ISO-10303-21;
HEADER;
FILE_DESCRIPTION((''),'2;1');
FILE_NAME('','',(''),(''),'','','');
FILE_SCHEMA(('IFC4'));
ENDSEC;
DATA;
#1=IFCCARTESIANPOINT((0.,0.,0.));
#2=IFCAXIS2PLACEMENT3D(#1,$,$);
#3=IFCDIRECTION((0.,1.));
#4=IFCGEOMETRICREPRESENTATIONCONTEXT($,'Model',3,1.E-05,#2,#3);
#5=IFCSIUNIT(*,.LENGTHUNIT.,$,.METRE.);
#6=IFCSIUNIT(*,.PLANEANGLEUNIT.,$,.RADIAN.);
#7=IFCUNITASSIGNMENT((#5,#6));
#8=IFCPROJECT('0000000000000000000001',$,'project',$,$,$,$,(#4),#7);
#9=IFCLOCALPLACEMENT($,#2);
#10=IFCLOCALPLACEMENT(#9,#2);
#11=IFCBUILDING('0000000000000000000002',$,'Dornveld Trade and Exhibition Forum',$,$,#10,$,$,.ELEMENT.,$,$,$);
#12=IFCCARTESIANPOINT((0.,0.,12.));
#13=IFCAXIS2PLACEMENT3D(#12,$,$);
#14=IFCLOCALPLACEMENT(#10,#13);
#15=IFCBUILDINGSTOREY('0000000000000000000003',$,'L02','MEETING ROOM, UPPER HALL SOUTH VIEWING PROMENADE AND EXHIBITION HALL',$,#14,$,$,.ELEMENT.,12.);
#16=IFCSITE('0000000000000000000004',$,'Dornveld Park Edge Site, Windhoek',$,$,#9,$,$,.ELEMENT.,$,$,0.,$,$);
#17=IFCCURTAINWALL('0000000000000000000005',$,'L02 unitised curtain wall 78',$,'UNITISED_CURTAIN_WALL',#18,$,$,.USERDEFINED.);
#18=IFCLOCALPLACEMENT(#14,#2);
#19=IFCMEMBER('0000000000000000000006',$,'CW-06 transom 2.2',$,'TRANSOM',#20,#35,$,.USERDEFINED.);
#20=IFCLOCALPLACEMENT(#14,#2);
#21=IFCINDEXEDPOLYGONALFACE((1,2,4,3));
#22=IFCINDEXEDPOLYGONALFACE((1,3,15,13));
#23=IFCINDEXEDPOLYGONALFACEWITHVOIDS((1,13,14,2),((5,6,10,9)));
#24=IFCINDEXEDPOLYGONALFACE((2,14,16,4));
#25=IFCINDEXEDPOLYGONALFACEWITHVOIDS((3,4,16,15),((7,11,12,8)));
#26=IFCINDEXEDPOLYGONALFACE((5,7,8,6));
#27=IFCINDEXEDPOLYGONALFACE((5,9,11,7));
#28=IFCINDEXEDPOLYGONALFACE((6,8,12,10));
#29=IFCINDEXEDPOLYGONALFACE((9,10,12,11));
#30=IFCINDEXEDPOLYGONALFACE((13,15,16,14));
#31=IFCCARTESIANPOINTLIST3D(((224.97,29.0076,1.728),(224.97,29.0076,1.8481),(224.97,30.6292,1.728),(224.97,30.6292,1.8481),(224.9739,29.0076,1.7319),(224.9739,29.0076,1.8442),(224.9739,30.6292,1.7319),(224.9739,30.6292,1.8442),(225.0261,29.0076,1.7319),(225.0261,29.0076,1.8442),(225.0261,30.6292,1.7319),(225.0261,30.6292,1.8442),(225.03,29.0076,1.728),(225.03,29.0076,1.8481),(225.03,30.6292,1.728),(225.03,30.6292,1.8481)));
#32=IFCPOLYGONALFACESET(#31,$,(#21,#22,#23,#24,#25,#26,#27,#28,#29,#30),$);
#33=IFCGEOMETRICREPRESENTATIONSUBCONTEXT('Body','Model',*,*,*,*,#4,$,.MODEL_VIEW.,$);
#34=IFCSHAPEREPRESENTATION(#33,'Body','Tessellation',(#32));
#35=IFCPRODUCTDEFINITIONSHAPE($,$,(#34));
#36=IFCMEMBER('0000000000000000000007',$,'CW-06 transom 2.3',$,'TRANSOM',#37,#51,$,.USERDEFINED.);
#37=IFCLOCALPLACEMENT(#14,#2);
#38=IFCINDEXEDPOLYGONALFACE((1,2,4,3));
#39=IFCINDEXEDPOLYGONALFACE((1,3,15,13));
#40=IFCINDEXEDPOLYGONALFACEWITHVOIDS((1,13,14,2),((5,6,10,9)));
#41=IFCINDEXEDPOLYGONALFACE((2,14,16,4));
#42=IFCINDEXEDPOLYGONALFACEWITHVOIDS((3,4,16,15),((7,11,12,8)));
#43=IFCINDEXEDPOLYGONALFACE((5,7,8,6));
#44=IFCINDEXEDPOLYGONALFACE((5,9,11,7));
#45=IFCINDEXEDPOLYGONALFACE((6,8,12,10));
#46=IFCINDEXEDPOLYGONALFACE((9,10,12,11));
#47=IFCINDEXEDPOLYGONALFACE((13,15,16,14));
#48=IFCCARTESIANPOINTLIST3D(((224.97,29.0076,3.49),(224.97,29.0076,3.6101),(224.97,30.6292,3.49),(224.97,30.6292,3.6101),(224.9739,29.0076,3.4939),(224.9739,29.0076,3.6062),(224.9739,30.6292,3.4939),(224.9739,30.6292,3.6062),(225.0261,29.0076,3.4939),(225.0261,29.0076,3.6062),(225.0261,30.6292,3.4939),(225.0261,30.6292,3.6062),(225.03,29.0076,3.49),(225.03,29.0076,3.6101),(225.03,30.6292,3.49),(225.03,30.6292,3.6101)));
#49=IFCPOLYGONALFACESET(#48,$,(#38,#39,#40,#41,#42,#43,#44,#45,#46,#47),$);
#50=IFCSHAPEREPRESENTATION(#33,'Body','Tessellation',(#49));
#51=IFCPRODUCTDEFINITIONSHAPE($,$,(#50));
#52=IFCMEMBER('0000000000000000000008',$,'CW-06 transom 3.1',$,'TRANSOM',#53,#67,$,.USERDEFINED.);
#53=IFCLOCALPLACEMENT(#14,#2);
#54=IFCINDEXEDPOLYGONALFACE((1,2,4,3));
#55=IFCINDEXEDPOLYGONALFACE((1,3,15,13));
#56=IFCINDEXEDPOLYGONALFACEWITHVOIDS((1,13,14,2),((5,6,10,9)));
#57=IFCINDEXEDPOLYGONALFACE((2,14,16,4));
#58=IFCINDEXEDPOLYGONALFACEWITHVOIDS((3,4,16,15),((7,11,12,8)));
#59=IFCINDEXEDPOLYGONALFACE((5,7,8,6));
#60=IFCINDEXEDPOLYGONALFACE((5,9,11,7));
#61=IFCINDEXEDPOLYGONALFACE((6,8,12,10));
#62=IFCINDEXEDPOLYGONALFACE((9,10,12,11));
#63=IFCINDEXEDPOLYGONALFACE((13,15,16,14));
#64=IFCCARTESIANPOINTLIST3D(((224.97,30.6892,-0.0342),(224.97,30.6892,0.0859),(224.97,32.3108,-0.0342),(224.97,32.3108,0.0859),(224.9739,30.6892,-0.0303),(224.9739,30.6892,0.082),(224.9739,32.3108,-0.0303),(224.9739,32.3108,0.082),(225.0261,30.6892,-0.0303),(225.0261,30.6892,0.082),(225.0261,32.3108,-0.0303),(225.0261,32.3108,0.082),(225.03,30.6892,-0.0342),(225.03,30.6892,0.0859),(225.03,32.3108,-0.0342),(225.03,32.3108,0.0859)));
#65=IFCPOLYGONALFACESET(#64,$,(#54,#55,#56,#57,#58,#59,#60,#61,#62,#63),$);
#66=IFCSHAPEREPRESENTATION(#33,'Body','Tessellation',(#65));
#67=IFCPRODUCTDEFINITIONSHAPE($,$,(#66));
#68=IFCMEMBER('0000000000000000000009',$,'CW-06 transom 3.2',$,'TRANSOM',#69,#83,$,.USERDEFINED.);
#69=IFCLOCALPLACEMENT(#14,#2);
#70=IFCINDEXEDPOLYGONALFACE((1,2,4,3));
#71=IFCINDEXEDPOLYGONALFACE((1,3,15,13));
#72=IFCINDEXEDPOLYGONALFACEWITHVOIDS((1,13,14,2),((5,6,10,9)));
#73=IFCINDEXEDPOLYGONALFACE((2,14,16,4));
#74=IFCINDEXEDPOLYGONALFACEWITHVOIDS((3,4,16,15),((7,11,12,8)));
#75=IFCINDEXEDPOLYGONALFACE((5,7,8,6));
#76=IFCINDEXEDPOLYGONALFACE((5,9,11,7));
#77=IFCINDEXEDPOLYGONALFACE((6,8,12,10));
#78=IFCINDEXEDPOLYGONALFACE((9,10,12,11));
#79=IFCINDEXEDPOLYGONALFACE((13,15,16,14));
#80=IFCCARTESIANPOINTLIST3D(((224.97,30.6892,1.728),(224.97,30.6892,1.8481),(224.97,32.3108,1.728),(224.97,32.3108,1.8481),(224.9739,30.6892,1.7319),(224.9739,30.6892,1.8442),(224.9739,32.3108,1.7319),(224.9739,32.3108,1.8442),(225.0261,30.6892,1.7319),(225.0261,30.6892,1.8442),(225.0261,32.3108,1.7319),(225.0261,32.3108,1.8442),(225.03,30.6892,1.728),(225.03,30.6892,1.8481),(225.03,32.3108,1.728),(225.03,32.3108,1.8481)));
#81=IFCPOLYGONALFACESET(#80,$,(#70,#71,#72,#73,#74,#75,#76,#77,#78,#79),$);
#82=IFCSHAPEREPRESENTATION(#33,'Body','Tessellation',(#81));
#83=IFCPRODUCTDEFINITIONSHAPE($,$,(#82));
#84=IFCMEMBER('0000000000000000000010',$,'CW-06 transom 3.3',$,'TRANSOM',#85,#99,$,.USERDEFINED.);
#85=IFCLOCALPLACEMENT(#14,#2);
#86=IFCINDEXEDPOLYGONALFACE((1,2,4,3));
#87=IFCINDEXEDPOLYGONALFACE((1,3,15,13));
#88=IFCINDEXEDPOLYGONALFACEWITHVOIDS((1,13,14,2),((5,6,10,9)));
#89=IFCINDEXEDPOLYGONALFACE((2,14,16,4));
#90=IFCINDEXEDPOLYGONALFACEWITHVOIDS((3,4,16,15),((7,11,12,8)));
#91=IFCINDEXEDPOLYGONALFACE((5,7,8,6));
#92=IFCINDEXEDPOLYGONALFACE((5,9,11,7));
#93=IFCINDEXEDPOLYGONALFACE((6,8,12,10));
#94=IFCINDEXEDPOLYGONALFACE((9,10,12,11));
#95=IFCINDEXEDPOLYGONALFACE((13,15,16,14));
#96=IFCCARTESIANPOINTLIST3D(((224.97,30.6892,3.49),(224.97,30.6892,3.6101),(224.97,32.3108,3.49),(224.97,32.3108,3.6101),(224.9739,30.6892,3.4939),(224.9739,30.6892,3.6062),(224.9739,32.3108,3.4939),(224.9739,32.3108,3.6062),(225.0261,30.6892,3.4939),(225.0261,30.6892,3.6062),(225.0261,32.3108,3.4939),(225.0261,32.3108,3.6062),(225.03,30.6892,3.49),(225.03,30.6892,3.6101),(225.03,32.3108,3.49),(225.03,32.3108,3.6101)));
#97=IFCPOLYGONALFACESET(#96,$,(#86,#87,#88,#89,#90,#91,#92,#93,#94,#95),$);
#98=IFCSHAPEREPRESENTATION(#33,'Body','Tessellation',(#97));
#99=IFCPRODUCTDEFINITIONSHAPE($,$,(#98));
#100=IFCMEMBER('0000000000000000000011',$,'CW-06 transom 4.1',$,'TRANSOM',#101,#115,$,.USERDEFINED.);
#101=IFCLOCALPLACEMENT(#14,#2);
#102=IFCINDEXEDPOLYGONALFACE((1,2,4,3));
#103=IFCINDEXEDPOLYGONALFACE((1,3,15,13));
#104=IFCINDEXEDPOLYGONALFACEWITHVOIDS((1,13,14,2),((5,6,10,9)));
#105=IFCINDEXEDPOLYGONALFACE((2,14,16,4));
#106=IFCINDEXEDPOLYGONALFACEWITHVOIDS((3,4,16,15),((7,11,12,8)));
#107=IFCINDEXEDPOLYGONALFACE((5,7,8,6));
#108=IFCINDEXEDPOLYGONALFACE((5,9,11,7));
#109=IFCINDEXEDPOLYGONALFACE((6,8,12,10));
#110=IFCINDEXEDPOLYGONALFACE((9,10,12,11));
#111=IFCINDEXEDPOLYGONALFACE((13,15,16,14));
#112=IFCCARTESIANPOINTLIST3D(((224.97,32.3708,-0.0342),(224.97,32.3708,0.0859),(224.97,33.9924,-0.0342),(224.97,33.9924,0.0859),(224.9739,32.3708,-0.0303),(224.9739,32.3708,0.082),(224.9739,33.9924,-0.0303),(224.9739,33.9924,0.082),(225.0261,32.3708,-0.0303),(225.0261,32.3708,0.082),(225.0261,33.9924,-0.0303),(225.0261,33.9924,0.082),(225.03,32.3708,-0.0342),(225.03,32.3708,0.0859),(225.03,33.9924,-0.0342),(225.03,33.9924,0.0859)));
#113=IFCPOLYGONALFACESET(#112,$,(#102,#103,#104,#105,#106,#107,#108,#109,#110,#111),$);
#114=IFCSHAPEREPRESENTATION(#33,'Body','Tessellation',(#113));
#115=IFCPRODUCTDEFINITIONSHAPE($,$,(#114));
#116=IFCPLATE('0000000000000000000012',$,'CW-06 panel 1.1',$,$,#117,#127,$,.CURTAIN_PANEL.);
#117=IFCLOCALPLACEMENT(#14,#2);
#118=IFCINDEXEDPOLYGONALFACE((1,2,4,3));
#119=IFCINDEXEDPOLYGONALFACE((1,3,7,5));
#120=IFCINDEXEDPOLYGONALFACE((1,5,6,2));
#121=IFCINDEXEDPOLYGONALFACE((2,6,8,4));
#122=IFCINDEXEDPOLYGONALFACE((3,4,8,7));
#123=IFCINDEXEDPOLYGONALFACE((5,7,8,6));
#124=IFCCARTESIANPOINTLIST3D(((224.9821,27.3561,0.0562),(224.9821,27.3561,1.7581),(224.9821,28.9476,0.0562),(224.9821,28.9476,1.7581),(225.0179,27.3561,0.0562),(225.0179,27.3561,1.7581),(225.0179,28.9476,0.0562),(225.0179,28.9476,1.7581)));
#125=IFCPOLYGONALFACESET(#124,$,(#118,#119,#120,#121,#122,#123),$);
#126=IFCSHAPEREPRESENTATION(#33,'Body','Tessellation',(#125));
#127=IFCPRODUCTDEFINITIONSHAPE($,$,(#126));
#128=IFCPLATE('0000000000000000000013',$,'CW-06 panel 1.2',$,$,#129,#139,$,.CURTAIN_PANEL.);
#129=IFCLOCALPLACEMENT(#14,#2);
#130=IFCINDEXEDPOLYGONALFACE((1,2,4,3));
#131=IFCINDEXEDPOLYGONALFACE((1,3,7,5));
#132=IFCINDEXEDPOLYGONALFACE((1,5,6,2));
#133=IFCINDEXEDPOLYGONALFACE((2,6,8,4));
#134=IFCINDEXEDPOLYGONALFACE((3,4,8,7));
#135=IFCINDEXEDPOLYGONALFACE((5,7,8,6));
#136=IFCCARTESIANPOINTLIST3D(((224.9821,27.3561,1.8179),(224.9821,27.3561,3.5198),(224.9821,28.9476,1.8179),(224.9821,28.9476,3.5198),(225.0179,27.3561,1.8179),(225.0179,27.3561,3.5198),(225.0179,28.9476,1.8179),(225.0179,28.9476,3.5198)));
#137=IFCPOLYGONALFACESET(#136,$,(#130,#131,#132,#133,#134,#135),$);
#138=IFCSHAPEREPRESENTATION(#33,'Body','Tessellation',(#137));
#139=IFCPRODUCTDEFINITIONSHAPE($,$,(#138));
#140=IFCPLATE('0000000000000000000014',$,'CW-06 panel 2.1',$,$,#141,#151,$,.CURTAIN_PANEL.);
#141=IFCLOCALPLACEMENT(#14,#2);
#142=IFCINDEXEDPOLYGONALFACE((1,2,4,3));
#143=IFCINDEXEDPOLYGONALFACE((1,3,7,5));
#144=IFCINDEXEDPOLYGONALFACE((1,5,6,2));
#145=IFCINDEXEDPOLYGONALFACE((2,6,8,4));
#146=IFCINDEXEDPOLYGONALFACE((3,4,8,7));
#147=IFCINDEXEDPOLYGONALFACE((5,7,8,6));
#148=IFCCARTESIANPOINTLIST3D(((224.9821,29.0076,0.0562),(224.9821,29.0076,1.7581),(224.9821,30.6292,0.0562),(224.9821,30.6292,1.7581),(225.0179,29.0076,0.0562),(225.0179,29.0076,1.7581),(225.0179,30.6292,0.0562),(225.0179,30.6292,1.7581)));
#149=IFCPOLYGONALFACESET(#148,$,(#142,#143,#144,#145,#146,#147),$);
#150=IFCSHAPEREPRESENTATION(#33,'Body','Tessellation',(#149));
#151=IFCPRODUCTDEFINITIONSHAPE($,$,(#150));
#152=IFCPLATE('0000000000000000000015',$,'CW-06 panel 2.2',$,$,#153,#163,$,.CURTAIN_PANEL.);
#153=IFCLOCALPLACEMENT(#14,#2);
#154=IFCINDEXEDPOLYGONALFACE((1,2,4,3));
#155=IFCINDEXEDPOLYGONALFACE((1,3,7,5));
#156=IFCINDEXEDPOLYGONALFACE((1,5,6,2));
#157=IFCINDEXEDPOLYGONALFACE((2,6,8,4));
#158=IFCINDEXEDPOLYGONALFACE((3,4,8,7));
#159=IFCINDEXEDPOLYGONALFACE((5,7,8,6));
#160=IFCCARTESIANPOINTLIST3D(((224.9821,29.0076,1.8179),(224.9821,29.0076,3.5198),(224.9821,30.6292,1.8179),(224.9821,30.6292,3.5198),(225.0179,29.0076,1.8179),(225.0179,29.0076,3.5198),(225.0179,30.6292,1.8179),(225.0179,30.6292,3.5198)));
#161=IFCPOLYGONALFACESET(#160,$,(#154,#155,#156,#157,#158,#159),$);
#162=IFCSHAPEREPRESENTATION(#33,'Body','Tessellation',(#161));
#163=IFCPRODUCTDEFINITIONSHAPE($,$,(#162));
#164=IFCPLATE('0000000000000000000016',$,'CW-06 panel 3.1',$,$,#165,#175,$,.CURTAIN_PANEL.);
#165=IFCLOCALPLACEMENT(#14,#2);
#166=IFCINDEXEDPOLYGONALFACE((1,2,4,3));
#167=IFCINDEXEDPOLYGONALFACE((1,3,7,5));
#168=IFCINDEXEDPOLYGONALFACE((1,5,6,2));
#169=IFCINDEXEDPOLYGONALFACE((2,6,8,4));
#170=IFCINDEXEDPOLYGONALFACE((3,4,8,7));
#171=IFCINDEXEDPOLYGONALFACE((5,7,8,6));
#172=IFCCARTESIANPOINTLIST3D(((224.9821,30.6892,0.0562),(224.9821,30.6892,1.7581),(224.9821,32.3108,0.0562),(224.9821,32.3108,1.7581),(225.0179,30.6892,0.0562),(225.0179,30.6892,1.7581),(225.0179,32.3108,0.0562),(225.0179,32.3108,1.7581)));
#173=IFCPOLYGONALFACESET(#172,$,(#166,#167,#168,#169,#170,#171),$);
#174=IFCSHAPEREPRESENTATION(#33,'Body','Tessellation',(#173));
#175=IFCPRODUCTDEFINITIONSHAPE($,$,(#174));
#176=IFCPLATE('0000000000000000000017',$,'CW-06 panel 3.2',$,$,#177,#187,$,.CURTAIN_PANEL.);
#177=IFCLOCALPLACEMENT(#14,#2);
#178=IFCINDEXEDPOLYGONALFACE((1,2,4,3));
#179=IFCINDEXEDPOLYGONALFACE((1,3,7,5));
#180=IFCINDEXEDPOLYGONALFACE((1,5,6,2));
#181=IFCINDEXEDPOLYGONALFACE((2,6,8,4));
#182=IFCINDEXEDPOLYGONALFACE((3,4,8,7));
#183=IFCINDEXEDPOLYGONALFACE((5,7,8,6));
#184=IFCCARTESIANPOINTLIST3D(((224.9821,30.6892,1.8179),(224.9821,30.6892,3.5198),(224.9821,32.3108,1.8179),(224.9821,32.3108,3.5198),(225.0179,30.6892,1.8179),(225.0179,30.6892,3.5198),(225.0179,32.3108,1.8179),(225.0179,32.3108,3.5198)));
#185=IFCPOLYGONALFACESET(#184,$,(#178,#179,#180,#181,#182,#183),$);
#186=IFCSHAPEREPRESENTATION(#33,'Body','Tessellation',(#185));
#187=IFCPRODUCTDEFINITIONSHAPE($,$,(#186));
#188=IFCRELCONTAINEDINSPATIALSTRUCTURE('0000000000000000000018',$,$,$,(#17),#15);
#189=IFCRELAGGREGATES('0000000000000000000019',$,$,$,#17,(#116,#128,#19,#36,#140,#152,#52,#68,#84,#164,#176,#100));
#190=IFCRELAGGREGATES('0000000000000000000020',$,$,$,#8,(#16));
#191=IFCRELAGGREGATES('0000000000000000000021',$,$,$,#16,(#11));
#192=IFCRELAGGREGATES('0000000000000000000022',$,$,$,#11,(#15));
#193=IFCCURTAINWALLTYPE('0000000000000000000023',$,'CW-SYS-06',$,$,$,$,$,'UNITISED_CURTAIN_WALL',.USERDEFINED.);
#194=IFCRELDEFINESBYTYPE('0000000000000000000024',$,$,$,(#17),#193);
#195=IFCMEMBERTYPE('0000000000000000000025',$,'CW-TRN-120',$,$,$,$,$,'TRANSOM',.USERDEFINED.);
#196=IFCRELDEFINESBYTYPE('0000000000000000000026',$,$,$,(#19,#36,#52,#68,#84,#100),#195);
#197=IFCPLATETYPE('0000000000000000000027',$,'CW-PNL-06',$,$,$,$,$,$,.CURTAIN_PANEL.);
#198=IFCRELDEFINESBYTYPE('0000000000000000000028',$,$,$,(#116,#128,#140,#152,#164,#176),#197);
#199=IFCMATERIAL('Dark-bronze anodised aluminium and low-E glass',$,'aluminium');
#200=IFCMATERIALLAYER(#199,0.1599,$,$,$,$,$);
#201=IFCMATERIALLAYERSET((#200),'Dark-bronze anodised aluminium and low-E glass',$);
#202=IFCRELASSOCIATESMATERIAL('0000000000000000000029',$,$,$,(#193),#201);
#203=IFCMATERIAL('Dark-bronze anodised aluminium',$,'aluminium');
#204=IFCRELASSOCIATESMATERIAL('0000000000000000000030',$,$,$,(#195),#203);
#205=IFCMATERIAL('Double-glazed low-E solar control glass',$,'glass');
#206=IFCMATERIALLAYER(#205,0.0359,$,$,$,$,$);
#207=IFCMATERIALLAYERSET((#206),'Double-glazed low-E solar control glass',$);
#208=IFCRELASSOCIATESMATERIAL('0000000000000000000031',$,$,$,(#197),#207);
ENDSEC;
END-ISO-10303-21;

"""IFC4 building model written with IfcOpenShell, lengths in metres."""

from ifc_helpers import new_model, si_unit, direction, frame, origin, origin_2d, place, context, subcontext, project, spatial, rectangle, hollow_rectangle, extrude, material, layer, layer_set, material_profile, profile_set, type_object, element, aggregate, save


model = new_model("IFC4")

# Units and contexts
model_context = context("Model", 3, precision=1e-05, world=origin(), true_north=direction((0.0, 1.0)))
body_context = subcontext(model_context, "Body", "Model", "MODEL_VIEW")
ifc_project = project(units=[si_unit("LENGTHUNIT", "METRE"), si_unit("PLANEANGLEUNIT", "RADIAN")], contexts=[model_context])

# Site, building, storey
site_placement = place(None, origin())
site = spatial("IfcSite", under=ifc_project, at=site_placement, Name="Dornveld Park Edge Site, Windhoek", CompositionType="ELEMENT", RefElevation=0.0)
building_placement = place(site_placement, origin())
building = spatial("IfcBuilding", under=site, at=building_placement, Name="Dornveld Trade and Exhibition Forum", CompositionType="ELEMENT")
storey_placement = place(building_placement, frame((0.0, 0.0, 12.0)))
storey = spatial("IfcBuildingStorey", under=building, at=storey_placement, Name="L02", Description="MEETING ROOM, UPPER HALL SOUTH VIEWING PROMENADE AND EXHIBITION HALL", CompositionType="ELEMENT", Elevation=12.0)

# Curtain wall, members, plates
ifc_material_1 = material(Name="Dark-bronze anodised aluminium and low-E glass", Category="aluminium")
ifc_layer_1 = layer(ifc_material_1, 0.1599)
ifc_layer_set_1 = layer_set([ifc_layer_1], Name="Dark-bronze anodised aluminium and low-E glass")
curtain_wall_type = type_object("IfcCurtainWallType", Name="CW-SYS-06", ElementType="UNITISED_CURTAIN_WALL", PredefinedType="USERDEFINED", material=ifc_layer_set_1)
curtain_wall_placement = place(storey_placement, origin())
curtain_wall = element("IfcCurtainWall", 1, at=curtain_wall_placement, inside=storey, type_object=curtain_wall_type, Name="L02 unitised curtain wall 78", ObjectType="UNITISED_CURTAIN_WALL", PredefinedType="USERDEFINED")
ifc_material_2 = material(Name="Dark-bronze anodised aluminium", Category="aluminium")
ifc_material_profile_1 = material_profile(ifc_material_2, hollow_rectangle(XDim=0.0601, YDim=0.1201, WallThickness=0.0039, at=origin_2d()), Name="RHS 120x60x4")
ifc_profile_set_1 = profile_set([ifc_material_profile_1], Name="Dark-bronze anodised aluminium")
member_type_1 = type_object("IfcMemberType", Name="CW-TRN-120", ElementType="TRANSOM", PredefinedType="USERDEFINED", material=ifc_profile_set_1)
member_1_placement = place(storey_placement, frame((225.0, 29.0076, 1.7881), z_axis=(0.0, 1.0, 0.0), x_axis=(-1.0, 0.0, 0.0)))
member_1 = element("IfcMember", 2, at=member_1_placement, type_object=member_type_1, Name="CW-06 transom 2.2", ObjectType="TRANSOM", PredefinedType="USERDEFINED", context=body_context, shape_type="SweptSolid", body=[
    extrude(hollow_rectangle(XDim=0.0601, YDim=0.1201, WallThickness=0.0039, at=origin_2d()), origin(), (0.0, 0.0, 1.0), 1.6216),
])
member_2_placement = place(storey_placement, frame((225.0, 29.0076, 3.55), z_axis=(0.0, 1.0, 0.0), x_axis=(-1.0, 0.0, 0.0)))
member_2 = element("IfcMember", 3, at=member_2_placement, type_object=member_type_1, Name="CW-06 transom 2.3", ObjectType="TRANSOM", PredefinedType="USERDEFINED", context=body_context, shape_type="SweptSolid", body=[
    extrude(hollow_rectangle(XDim=0.0601, YDim=0.1201, WallThickness=0.0039, at=origin_2d()), origin(), (0.0, 0.0, 1.0), 1.6216),
])
member_3_placement = place(storey_placement, frame((225.0, 30.6892, 0.0259), z_axis=(0.0, 1.0, 0.0), x_axis=(-1.0, 0.0, 0.0)))
member_3 = element("IfcMember", 4, at=member_3_placement, type_object=member_type_1, Name="CW-06 transom 3.1", ObjectType="TRANSOM", PredefinedType="USERDEFINED", context=body_context, shape_type="SweptSolid", body=[
    extrude(hollow_rectangle(XDim=0.0601, YDim=0.1201, WallThickness=0.0039, at=origin_2d()), origin(), (0.0, 0.0, 1.0), 1.6216),
])
member_4_placement = place(storey_placement, frame((225.0, 30.6892, 1.7881), z_axis=(0.0, 1.0, 0.0), x_axis=(-1.0, 0.0, 0.0)))
member_4 = element("IfcMember", 5, at=member_4_placement, type_object=member_type_1, Name="CW-06 transom 3.2", ObjectType="TRANSOM", PredefinedType="USERDEFINED", context=body_context, shape_type="SweptSolid", body=[
    extrude(hollow_rectangle(XDim=0.0601, YDim=0.1201, WallThickness=0.0039, at=origin_2d()), origin(), (0.0, 0.0, 1.0), 1.6216),
])
member_5_placement = place(storey_placement, frame((225.0, 30.6892, 3.55), z_axis=(0.0, 1.0, 0.0), x_axis=(-1.0, 0.0, 0.0)))
member_5 = element("IfcMember", 6, at=member_5_placement, type_object=member_type_1, Name="CW-06 transom 3.3", ObjectType="TRANSOM", PredefinedType="USERDEFINED", context=body_context, shape_type="SweptSolid", body=[
    extrude(hollow_rectangle(XDim=0.0601, YDim=0.1201, WallThickness=0.0039, at=origin_2d()), origin(), (0.0, 0.0, 1.0), 1.6216),
])
member_6_placement = place(storey_placement, frame((225.0, 32.3708, 0.0259), z_axis=(0.0, 1.0, 0.0), x_axis=(-1.0, 0.0, 0.0)))
member_6 = element("IfcMember", 7, at=member_6_placement, type_object=member_type_1, Name="CW-06 transom 4.1", ObjectType="TRANSOM", PredefinedType="USERDEFINED", context=body_context, shape_type="SweptSolid", body=[
    extrude(hollow_rectangle(XDim=0.0601, YDim=0.1201, WallThickness=0.0039, at=origin_2d()), origin(), (0.0, 0.0, 1.0), 1.6216),
])
ifc_material_3 = material(Name="Double-glazed low-E solar control glass", Category="glass")
ifc_layer_2 = layer(ifc_material_3, 0.0359)
ifc_layer_set_2 = layer_set([ifc_layer_2], Name="Double-glazed low-E solar control glass")
plate_type = type_object("IfcPlateType", Name="CW-PNL-06", PredefinedType="CURTAIN_PANEL", material=ifc_layer_set_2)
plate_1_placement = place(storey_placement, frame((225.0, 28.1519, 0.0562), z_axis=(0.0, 0.0, 1.0), x_axis=(0.0, 1.0, 0.0)))
plate_1 = element("IfcPlate", 8, at=plate_1_placement, type_object=plate_type, Name="CW-06 panel 1.1", PredefinedType="CURTAIN_PANEL", context=body_context, shape_type="SweptSolid", body=[
    extrude(rectangle(XDim=1.5916, YDim=0.0359, at=origin_2d()), origin(), (0.0, 0.0, 1.0), 1.7019),
])
plate_2_placement = place(storey_placement, frame((225.0, 28.1519, 1.8179), z_axis=(0.0, 0.0, 1.0), x_axis=(0.0, 1.0, 0.0)))
plate_2 = element("IfcPlate", 9, at=plate_2_placement, type_object=plate_type, Name="CW-06 panel 1.2", PredefinedType="CURTAIN_PANEL", context=body_context, shape_type="SweptSolid", body=[
    extrude(rectangle(XDim=1.5916, YDim=0.0359, at=origin_2d()), origin(), (0.0, 0.0, 1.0), 1.7019),
])
plate_3_placement = place(storey_placement, frame((225.0, 29.8184, 0.0562), z_axis=(0.0, 0.0, 1.0), x_axis=(0.0, 1.0, 0.0)))
plate_3 = element("IfcPlate", 10, at=plate_3_placement, type_object=plate_type, Name="CW-06 panel 2.1", PredefinedType="CURTAIN_PANEL", context=body_context, shape_type="SweptSolid", body=[
    extrude(rectangle(XDim=1.6216, YDim=0.0359, at=origin_2d()), origin(), (0.0, 0.0, 1.0), 1.7019),
])
plate_4_placement = place(storey_placement, frame((225.0, 29.8184, 1.8179), z_axis=(0.0, 0.0, 1.0), x_axis=(0.0, 1.0, 0.0)))
plate_4 = element("IfcPlate", 11, at=plate_4_placement, type_object=plate_type, Name="CW-06 panel 2.2", PredefinedType="CURTAIN_PANEL", context=body_context, shape_type="SweptSolid", body=[
    extrude(rectangle(XDim=1.6216, YDim=0.0359, at=origin_2d()), origin(), (0.0, 0.0, 1.0), 1.7019),
])
plate_5_placement = place(storey_placement, frame((225.0, 31.5, 0.0562), z_axis=(0.0, 0.0, 1.0), x_axis=(0.0, 1.0, 0.0)))
plate_5 = element("IfcPlate", 12, at=plate_5_placement, type_object=plate_type, Name="CW-06 panel 3.1", PredefinedType="CURTAIN_PANEL", context=body_context, shape_type="SweptSolid", body=[
    extrude(rectangle(XDim=1.6216, YDim=0.0359, at=origin_2d()), origin(), (0.0, 0.0, 1.0), 1.7019),
])
plate_6_placement = place(storey_placement, frame((225.0, 31.5, 1.8179), z_axis=(0.0, 0.0, 1.0), x_axis=(0.0, 1.0, 0.0)))
plate_6 = element("IfcPlate", 13, at=plate_6_placement, type_object=plate_type, Name="CW-06 panel 3.2", PredefinedType="CURTAIN_PANEL", context=body_context, shape_type="SweptSolid", body=[
    extrude(rectangle(XDim=1.6216, YDim=0.0359, at=origin_2d()), origin(), (0.0, 0.0, 1.0), 1.7019),
])
aggregate(curtain_wall, [plate_1, plate_2, member_1, member_2, plate_3, plate_4, member_3, member_4, member_5, plate_5, plate_6, member_6])

save(model, "model.ifc")
